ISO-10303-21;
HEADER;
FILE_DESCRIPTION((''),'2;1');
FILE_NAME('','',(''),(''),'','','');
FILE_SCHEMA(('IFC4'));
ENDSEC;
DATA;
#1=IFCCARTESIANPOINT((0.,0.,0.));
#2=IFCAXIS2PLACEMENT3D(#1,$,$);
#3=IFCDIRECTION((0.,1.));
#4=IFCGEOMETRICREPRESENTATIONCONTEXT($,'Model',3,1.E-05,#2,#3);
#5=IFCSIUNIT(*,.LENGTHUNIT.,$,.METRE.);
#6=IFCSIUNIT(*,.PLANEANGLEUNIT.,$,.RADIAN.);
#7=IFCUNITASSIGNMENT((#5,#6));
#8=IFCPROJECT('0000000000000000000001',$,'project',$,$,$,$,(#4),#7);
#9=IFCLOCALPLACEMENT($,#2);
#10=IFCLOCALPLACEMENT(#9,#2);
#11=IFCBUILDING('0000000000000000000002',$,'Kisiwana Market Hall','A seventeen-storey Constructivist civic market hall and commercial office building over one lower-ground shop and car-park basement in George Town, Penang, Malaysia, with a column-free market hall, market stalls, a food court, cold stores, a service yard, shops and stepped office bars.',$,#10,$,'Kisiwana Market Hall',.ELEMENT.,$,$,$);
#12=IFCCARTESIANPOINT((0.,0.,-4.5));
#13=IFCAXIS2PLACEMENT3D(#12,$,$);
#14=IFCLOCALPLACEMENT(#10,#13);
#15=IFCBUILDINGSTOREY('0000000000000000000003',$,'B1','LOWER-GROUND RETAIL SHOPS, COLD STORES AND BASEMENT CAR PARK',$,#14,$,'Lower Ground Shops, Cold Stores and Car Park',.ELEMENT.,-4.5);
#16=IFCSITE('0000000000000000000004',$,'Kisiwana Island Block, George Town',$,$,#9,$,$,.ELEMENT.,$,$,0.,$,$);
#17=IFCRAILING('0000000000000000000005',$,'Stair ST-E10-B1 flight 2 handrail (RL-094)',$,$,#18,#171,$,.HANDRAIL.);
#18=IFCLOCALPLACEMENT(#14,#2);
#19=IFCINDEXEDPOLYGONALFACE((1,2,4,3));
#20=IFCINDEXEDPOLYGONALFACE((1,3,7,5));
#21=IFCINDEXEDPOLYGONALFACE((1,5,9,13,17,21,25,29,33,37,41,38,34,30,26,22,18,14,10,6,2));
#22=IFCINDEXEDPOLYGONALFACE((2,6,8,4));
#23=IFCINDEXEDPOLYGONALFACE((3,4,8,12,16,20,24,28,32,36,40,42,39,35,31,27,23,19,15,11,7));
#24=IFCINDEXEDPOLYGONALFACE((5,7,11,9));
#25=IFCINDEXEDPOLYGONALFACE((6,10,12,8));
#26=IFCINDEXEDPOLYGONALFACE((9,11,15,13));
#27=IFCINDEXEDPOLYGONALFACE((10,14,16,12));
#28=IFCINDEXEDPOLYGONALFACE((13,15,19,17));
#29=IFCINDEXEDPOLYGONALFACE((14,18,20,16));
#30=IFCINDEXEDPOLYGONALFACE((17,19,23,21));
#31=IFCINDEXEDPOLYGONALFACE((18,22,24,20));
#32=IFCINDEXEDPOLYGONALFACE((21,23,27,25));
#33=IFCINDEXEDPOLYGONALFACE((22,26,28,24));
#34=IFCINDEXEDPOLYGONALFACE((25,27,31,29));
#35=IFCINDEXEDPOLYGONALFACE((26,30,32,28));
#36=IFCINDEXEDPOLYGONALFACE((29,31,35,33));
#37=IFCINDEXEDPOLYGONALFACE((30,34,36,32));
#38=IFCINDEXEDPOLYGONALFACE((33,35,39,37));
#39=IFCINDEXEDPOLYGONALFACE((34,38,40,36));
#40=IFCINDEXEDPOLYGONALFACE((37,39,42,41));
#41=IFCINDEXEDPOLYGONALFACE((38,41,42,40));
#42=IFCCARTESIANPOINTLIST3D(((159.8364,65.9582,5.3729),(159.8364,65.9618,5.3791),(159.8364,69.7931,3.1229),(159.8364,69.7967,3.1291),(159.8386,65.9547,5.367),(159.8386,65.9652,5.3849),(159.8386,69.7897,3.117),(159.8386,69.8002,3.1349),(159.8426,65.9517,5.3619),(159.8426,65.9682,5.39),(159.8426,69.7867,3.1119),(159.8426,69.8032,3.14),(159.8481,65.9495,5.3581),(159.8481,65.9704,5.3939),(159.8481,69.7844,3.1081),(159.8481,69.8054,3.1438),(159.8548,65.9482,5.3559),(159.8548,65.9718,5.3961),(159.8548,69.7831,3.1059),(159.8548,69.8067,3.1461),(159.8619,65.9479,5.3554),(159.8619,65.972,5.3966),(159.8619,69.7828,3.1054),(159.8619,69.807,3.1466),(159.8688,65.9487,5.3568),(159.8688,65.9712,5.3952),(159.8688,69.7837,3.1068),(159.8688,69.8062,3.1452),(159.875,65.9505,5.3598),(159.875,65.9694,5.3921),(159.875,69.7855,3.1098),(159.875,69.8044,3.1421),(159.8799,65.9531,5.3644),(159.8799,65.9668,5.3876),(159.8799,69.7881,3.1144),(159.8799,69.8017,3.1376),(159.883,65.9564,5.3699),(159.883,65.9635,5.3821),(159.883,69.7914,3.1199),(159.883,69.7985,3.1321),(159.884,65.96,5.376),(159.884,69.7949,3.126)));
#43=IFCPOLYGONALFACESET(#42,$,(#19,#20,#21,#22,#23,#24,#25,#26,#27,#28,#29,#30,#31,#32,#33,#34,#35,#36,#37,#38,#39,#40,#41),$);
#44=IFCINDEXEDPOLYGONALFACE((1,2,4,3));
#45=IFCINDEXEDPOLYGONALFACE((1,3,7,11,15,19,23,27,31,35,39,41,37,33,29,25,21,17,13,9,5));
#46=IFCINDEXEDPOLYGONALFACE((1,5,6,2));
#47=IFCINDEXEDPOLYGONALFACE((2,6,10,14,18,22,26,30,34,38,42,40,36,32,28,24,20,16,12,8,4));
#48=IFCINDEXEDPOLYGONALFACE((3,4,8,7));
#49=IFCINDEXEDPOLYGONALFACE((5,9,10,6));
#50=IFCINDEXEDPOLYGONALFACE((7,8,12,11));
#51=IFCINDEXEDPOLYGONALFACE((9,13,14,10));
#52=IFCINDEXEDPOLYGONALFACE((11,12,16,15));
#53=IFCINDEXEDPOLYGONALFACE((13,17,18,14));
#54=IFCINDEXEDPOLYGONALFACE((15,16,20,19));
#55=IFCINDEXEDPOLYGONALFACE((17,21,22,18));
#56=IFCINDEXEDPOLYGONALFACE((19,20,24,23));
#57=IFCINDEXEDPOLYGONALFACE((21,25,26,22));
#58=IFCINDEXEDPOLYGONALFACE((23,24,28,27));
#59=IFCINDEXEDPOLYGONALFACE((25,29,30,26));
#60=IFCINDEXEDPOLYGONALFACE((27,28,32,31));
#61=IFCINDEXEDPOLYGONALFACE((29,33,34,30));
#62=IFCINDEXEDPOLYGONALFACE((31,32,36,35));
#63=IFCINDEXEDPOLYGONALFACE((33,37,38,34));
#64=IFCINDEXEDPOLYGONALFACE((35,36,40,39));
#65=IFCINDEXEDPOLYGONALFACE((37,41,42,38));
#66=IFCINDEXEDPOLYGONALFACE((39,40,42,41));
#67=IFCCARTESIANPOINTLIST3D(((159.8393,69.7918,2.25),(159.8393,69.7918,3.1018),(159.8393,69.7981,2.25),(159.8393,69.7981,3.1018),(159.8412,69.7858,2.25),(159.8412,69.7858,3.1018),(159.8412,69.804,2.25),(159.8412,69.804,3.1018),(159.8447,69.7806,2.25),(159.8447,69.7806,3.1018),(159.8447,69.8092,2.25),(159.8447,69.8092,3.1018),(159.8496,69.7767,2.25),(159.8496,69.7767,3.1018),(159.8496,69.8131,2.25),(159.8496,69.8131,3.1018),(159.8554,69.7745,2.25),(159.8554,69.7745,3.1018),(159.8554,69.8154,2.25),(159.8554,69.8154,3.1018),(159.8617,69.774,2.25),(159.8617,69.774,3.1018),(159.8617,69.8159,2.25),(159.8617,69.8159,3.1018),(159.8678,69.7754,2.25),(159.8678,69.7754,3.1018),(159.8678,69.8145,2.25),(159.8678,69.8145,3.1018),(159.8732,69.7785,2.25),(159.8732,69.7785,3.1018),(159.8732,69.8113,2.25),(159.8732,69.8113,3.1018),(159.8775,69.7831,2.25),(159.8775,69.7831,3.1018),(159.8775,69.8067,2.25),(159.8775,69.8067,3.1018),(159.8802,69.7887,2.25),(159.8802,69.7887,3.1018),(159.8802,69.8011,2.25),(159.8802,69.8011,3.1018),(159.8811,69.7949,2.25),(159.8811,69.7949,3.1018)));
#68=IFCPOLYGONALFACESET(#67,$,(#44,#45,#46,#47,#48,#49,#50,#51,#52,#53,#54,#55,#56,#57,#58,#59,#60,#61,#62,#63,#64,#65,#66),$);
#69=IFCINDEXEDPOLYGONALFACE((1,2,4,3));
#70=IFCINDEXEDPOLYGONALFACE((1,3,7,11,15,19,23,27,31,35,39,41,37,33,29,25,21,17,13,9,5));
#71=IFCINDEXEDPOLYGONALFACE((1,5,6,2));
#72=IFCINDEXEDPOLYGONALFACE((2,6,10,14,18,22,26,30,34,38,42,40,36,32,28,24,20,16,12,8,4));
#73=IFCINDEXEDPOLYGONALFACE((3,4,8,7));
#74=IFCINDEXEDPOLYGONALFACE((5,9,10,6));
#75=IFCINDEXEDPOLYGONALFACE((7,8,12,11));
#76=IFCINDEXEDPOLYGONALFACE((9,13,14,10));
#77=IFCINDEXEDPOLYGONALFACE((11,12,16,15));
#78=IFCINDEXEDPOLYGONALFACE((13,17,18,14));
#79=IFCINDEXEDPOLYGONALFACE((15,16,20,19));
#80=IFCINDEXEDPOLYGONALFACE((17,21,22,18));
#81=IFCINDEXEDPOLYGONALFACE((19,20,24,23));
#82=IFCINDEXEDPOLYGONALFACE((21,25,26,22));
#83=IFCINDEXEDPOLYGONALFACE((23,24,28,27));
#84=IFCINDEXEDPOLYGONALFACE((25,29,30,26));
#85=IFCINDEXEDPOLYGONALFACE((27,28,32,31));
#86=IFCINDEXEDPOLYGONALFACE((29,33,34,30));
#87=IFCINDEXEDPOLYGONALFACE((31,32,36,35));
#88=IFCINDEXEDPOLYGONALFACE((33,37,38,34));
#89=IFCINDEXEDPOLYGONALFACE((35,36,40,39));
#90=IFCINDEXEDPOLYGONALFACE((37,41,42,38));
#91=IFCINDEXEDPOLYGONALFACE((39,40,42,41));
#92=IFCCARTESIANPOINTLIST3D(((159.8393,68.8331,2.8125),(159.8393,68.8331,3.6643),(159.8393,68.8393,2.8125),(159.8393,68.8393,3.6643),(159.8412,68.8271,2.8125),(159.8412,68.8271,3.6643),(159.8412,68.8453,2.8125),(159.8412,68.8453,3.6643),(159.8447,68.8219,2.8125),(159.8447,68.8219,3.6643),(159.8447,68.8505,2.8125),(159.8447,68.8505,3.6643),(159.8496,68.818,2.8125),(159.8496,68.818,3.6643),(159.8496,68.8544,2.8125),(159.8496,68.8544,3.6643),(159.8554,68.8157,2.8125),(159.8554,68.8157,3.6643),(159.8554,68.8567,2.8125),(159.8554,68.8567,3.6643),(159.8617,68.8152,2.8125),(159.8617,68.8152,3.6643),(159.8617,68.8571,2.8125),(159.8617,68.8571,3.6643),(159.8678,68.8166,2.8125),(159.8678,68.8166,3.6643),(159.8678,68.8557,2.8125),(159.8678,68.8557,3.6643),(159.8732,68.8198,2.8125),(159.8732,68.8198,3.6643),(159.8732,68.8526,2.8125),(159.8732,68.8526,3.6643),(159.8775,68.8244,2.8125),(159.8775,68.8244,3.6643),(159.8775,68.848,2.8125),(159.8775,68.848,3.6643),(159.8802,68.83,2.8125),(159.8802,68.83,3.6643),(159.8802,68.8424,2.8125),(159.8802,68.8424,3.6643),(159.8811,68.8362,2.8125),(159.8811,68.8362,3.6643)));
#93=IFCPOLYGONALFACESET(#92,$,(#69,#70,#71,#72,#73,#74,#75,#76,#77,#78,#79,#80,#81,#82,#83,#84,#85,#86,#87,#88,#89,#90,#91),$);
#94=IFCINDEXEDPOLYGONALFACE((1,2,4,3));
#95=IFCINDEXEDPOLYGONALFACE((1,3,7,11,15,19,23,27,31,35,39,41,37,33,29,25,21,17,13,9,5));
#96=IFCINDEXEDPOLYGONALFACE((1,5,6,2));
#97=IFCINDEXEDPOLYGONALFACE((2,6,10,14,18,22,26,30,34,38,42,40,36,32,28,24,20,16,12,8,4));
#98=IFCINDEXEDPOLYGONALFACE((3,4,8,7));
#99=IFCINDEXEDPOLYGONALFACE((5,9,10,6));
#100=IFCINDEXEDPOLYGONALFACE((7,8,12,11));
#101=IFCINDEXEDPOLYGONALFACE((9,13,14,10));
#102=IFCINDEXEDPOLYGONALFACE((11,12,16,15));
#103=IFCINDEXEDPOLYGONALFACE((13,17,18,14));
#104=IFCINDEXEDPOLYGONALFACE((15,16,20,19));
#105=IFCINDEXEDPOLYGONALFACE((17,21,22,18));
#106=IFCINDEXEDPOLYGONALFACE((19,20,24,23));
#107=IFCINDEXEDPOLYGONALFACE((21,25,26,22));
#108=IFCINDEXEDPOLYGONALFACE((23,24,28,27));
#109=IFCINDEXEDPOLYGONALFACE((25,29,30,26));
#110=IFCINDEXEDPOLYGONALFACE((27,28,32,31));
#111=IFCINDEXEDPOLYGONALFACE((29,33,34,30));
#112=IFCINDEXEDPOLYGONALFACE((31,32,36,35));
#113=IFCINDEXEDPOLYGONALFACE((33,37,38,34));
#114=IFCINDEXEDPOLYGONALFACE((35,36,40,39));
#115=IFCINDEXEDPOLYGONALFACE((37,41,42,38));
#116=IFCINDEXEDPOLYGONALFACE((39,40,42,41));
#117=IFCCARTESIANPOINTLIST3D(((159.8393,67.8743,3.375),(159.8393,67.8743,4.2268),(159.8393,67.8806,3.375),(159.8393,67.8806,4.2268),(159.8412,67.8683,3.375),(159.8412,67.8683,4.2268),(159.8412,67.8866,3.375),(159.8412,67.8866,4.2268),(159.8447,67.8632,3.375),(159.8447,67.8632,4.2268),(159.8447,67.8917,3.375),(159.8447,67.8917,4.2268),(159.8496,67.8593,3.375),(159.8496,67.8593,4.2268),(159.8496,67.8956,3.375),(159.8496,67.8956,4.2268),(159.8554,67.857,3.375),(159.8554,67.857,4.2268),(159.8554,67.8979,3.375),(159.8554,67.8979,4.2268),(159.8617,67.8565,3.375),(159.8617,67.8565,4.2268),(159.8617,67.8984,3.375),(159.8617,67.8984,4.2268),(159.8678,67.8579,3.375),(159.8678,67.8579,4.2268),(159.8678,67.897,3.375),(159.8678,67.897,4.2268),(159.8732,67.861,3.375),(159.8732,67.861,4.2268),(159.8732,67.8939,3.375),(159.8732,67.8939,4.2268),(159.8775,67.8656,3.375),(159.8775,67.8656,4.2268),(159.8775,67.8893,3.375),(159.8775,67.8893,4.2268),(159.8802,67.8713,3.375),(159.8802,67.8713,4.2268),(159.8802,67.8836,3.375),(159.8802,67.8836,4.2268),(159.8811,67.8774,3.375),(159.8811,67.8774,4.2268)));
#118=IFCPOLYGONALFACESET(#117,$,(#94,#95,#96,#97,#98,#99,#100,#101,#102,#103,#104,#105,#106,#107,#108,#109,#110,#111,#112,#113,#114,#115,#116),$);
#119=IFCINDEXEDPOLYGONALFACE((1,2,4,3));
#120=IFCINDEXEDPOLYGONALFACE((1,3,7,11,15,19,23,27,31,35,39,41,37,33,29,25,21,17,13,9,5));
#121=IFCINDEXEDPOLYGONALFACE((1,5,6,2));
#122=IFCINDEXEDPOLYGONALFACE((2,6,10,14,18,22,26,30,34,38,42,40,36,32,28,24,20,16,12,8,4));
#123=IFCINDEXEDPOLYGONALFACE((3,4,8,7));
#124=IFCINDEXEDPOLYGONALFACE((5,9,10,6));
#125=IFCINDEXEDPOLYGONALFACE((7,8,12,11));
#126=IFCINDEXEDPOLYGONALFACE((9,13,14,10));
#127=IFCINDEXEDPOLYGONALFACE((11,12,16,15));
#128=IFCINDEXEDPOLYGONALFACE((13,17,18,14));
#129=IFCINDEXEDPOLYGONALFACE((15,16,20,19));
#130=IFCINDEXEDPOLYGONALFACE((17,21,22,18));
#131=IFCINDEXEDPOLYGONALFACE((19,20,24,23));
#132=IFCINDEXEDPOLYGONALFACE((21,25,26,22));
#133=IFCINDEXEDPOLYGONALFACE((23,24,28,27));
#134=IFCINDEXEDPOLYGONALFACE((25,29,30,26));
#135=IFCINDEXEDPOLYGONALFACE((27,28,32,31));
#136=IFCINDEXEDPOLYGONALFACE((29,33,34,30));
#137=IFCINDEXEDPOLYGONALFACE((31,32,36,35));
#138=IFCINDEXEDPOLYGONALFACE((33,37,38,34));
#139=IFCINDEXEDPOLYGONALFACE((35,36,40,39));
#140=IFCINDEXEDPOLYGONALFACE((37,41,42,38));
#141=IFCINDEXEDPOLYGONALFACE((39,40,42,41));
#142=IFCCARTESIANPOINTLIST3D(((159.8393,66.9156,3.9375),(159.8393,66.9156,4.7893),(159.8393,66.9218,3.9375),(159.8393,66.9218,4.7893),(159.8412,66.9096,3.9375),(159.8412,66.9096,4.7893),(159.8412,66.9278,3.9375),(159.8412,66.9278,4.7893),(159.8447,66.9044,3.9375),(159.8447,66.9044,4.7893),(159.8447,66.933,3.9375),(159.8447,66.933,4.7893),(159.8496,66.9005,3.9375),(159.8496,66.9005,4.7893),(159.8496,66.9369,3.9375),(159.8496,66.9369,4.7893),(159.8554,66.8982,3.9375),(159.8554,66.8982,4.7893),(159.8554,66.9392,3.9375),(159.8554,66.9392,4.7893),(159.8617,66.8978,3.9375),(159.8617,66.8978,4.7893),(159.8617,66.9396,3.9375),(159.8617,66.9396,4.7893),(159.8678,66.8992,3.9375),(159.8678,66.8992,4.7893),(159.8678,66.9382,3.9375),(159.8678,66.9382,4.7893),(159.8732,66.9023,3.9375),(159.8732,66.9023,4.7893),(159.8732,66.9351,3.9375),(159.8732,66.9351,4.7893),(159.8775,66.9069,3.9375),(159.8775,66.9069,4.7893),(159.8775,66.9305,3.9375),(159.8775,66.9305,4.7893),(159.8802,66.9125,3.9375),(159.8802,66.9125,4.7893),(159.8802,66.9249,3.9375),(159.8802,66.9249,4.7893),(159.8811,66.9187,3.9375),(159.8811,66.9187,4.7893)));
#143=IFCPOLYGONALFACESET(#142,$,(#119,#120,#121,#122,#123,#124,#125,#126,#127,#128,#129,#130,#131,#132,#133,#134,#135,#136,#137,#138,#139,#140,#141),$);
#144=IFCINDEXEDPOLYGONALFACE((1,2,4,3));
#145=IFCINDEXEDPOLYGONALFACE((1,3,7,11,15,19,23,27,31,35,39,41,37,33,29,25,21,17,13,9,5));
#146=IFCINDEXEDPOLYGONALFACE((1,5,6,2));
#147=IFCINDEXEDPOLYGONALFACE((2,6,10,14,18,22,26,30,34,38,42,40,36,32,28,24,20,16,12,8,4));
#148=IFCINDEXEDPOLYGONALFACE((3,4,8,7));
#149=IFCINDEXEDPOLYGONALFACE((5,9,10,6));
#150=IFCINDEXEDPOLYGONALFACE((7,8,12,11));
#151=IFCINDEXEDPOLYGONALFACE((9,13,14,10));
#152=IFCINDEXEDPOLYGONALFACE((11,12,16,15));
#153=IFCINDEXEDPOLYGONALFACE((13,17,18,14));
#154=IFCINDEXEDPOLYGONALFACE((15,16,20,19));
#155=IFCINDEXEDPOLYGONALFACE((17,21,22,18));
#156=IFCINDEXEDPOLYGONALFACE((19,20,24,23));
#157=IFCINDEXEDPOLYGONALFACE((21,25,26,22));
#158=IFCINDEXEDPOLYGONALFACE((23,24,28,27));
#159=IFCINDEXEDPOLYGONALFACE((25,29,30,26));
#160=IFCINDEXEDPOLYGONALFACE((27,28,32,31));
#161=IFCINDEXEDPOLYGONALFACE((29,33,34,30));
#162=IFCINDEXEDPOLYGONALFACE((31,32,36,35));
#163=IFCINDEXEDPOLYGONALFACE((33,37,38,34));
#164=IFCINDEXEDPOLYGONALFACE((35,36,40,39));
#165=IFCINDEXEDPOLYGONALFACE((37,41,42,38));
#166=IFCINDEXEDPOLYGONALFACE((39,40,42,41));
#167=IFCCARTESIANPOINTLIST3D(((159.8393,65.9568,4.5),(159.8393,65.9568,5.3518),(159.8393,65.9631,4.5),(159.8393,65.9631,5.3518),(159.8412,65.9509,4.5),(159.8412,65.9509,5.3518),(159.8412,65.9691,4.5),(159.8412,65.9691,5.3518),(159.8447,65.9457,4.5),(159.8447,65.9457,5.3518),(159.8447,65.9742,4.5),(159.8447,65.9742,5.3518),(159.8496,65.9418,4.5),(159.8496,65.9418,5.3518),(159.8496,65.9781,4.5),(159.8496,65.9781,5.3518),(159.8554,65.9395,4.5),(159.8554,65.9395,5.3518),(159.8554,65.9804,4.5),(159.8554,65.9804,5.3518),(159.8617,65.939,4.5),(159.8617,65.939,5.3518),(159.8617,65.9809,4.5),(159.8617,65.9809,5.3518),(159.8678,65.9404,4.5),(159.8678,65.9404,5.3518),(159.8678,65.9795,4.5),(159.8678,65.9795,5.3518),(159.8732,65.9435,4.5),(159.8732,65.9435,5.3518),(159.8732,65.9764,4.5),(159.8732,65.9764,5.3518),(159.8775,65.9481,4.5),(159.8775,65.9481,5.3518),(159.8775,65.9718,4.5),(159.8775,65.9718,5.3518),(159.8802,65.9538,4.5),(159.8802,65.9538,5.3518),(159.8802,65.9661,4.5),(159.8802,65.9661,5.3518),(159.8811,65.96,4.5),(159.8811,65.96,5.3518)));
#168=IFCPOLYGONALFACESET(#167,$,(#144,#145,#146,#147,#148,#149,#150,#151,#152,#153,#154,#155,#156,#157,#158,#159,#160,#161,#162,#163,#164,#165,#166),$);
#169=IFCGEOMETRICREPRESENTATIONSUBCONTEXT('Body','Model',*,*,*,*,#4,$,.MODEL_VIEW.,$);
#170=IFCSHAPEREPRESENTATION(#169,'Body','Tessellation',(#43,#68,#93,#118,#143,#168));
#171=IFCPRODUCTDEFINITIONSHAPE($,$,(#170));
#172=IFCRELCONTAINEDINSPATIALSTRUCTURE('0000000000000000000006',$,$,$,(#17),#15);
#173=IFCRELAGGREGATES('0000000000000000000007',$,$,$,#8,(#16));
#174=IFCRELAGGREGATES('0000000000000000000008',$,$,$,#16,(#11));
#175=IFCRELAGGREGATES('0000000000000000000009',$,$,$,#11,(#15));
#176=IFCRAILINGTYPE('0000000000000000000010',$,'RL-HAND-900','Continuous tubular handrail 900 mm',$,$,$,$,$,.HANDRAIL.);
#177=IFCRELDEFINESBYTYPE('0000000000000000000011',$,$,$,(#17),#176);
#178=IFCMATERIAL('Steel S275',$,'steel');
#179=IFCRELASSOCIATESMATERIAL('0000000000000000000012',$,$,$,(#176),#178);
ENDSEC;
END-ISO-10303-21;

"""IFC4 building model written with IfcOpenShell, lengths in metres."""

from ifc_helpers import new_model, si_unit, direction, frame, origin, origin_2d, place, context, subcontext, project, spatial, circle, extrude, material, type_object, element, save


model = new_model("IFC4")

# Units and contexts
model_context = context("Model", 3, precision=1e-05, world=origin(), true_north=direction((0.0, 1.0)))
body_context = subcontext(model_context, "Body", "Model", "MODEL_VIEW")
ifc_project = project(units=[si_unit("LENGTHUNIT", "METRE"), si_unit("PLANEANGLEUNIT", "RADIAN")], contexts=[model_context])

# Site, building, storey
site_placement = place(None, origin())
site = spatial("IfcSite", under=ifc_project, at=site_placement, Name="Kisiwana Island Block, George Town", CompositionType="ELEMENT", RefElevation=0.0)
building_placement = place(site_placement, origin())
building = spatial("IfcBuilding", under=site, at=building_placement, Name="Kisiwana Market Hall", Description="A seventeen-storey Constructivist civic market hall and commercial office building over one lower-ground shop and car-park basement in George Town, Penang, Malaysia, with a column-free market hall, market stalls, a food court, cold stores, a service yard, shops and stepped office bars.", LongName="Kisiwana Market Hall", CompositionType="ELEMENT")
storey_placement = place(building_placement, frame((0.0, 0.0, -4.5)))
storey = spatial("IfcBuildingStorey", under=building, at=storey_placement, Name="B1", Description="LOWER-GROUND RETAIL SHOPS, COLD STORES AND BASEMENT CAR PARK", LongName="Lower Ground Shops, Cold Stores and Car Park", CompositionType="ELEMENT", Elevation=-4.5)

# Railing
ifc_material_1 = material(Name="Steel S275", Category="steel")
railing_type_1 = type_object("IfcRailingType", Name="RL-HAND-900", Description="Continuous tubular handrail 900 mm", PredefinedType="HANDRAIL", material=ifc_material_1)
railing_1_placement = place(storey_placement, frame((159.8601, 69.7949, 2.25)))
element("IfcRailing", 1, at=railing_1_placement, inside=storey, type_object=railing_type_1, Name="Stair ST-E10-B1 flight 2 handrail (RL-094)", PredefinedType="HANDRAIL", context=body_context, shape_type="SweptSolid", body=[
    extrude(circle(Radius=0.0239, at=origin_2d()), frame((0.0, 0.0, 0.876), z_axis=(0.0, -0.86251, 0.506041), x_axis=(1.0, 0.0, 0.0)), (0.0, 0.0, 1.0), 4.4463),
    extrude(circle(Radius=0.021, at=origin_2d()), origin(), (0.0, 0.0, 1.0), 0.8518),
    extrude(circle(Radius=0.021, at=origin_2d()), frame((0.0, -0.9587, 0.5625)), (0.0, 0.0, 1.0), 0.8518),
    extrude(circle(Radius=0.021, at=origin_2d()), frame((0.0, -1.9175, 1.125)), (0.0, 0.0, 1.0), 0.8518),
    extrude(circle(Radius=0.021, at=origin_2d()), frame((0.0, -2.8762, 1.6875)), (0.0, 0.0, 1.0), 0.8518),
    extrude(circle(Radius=0.021, at=origin_2d()), frame((0.0, -3.835, 2.25)), (0.0, 0.0, 1.0), 0.8518),
])

save(model, "model.ifc")
